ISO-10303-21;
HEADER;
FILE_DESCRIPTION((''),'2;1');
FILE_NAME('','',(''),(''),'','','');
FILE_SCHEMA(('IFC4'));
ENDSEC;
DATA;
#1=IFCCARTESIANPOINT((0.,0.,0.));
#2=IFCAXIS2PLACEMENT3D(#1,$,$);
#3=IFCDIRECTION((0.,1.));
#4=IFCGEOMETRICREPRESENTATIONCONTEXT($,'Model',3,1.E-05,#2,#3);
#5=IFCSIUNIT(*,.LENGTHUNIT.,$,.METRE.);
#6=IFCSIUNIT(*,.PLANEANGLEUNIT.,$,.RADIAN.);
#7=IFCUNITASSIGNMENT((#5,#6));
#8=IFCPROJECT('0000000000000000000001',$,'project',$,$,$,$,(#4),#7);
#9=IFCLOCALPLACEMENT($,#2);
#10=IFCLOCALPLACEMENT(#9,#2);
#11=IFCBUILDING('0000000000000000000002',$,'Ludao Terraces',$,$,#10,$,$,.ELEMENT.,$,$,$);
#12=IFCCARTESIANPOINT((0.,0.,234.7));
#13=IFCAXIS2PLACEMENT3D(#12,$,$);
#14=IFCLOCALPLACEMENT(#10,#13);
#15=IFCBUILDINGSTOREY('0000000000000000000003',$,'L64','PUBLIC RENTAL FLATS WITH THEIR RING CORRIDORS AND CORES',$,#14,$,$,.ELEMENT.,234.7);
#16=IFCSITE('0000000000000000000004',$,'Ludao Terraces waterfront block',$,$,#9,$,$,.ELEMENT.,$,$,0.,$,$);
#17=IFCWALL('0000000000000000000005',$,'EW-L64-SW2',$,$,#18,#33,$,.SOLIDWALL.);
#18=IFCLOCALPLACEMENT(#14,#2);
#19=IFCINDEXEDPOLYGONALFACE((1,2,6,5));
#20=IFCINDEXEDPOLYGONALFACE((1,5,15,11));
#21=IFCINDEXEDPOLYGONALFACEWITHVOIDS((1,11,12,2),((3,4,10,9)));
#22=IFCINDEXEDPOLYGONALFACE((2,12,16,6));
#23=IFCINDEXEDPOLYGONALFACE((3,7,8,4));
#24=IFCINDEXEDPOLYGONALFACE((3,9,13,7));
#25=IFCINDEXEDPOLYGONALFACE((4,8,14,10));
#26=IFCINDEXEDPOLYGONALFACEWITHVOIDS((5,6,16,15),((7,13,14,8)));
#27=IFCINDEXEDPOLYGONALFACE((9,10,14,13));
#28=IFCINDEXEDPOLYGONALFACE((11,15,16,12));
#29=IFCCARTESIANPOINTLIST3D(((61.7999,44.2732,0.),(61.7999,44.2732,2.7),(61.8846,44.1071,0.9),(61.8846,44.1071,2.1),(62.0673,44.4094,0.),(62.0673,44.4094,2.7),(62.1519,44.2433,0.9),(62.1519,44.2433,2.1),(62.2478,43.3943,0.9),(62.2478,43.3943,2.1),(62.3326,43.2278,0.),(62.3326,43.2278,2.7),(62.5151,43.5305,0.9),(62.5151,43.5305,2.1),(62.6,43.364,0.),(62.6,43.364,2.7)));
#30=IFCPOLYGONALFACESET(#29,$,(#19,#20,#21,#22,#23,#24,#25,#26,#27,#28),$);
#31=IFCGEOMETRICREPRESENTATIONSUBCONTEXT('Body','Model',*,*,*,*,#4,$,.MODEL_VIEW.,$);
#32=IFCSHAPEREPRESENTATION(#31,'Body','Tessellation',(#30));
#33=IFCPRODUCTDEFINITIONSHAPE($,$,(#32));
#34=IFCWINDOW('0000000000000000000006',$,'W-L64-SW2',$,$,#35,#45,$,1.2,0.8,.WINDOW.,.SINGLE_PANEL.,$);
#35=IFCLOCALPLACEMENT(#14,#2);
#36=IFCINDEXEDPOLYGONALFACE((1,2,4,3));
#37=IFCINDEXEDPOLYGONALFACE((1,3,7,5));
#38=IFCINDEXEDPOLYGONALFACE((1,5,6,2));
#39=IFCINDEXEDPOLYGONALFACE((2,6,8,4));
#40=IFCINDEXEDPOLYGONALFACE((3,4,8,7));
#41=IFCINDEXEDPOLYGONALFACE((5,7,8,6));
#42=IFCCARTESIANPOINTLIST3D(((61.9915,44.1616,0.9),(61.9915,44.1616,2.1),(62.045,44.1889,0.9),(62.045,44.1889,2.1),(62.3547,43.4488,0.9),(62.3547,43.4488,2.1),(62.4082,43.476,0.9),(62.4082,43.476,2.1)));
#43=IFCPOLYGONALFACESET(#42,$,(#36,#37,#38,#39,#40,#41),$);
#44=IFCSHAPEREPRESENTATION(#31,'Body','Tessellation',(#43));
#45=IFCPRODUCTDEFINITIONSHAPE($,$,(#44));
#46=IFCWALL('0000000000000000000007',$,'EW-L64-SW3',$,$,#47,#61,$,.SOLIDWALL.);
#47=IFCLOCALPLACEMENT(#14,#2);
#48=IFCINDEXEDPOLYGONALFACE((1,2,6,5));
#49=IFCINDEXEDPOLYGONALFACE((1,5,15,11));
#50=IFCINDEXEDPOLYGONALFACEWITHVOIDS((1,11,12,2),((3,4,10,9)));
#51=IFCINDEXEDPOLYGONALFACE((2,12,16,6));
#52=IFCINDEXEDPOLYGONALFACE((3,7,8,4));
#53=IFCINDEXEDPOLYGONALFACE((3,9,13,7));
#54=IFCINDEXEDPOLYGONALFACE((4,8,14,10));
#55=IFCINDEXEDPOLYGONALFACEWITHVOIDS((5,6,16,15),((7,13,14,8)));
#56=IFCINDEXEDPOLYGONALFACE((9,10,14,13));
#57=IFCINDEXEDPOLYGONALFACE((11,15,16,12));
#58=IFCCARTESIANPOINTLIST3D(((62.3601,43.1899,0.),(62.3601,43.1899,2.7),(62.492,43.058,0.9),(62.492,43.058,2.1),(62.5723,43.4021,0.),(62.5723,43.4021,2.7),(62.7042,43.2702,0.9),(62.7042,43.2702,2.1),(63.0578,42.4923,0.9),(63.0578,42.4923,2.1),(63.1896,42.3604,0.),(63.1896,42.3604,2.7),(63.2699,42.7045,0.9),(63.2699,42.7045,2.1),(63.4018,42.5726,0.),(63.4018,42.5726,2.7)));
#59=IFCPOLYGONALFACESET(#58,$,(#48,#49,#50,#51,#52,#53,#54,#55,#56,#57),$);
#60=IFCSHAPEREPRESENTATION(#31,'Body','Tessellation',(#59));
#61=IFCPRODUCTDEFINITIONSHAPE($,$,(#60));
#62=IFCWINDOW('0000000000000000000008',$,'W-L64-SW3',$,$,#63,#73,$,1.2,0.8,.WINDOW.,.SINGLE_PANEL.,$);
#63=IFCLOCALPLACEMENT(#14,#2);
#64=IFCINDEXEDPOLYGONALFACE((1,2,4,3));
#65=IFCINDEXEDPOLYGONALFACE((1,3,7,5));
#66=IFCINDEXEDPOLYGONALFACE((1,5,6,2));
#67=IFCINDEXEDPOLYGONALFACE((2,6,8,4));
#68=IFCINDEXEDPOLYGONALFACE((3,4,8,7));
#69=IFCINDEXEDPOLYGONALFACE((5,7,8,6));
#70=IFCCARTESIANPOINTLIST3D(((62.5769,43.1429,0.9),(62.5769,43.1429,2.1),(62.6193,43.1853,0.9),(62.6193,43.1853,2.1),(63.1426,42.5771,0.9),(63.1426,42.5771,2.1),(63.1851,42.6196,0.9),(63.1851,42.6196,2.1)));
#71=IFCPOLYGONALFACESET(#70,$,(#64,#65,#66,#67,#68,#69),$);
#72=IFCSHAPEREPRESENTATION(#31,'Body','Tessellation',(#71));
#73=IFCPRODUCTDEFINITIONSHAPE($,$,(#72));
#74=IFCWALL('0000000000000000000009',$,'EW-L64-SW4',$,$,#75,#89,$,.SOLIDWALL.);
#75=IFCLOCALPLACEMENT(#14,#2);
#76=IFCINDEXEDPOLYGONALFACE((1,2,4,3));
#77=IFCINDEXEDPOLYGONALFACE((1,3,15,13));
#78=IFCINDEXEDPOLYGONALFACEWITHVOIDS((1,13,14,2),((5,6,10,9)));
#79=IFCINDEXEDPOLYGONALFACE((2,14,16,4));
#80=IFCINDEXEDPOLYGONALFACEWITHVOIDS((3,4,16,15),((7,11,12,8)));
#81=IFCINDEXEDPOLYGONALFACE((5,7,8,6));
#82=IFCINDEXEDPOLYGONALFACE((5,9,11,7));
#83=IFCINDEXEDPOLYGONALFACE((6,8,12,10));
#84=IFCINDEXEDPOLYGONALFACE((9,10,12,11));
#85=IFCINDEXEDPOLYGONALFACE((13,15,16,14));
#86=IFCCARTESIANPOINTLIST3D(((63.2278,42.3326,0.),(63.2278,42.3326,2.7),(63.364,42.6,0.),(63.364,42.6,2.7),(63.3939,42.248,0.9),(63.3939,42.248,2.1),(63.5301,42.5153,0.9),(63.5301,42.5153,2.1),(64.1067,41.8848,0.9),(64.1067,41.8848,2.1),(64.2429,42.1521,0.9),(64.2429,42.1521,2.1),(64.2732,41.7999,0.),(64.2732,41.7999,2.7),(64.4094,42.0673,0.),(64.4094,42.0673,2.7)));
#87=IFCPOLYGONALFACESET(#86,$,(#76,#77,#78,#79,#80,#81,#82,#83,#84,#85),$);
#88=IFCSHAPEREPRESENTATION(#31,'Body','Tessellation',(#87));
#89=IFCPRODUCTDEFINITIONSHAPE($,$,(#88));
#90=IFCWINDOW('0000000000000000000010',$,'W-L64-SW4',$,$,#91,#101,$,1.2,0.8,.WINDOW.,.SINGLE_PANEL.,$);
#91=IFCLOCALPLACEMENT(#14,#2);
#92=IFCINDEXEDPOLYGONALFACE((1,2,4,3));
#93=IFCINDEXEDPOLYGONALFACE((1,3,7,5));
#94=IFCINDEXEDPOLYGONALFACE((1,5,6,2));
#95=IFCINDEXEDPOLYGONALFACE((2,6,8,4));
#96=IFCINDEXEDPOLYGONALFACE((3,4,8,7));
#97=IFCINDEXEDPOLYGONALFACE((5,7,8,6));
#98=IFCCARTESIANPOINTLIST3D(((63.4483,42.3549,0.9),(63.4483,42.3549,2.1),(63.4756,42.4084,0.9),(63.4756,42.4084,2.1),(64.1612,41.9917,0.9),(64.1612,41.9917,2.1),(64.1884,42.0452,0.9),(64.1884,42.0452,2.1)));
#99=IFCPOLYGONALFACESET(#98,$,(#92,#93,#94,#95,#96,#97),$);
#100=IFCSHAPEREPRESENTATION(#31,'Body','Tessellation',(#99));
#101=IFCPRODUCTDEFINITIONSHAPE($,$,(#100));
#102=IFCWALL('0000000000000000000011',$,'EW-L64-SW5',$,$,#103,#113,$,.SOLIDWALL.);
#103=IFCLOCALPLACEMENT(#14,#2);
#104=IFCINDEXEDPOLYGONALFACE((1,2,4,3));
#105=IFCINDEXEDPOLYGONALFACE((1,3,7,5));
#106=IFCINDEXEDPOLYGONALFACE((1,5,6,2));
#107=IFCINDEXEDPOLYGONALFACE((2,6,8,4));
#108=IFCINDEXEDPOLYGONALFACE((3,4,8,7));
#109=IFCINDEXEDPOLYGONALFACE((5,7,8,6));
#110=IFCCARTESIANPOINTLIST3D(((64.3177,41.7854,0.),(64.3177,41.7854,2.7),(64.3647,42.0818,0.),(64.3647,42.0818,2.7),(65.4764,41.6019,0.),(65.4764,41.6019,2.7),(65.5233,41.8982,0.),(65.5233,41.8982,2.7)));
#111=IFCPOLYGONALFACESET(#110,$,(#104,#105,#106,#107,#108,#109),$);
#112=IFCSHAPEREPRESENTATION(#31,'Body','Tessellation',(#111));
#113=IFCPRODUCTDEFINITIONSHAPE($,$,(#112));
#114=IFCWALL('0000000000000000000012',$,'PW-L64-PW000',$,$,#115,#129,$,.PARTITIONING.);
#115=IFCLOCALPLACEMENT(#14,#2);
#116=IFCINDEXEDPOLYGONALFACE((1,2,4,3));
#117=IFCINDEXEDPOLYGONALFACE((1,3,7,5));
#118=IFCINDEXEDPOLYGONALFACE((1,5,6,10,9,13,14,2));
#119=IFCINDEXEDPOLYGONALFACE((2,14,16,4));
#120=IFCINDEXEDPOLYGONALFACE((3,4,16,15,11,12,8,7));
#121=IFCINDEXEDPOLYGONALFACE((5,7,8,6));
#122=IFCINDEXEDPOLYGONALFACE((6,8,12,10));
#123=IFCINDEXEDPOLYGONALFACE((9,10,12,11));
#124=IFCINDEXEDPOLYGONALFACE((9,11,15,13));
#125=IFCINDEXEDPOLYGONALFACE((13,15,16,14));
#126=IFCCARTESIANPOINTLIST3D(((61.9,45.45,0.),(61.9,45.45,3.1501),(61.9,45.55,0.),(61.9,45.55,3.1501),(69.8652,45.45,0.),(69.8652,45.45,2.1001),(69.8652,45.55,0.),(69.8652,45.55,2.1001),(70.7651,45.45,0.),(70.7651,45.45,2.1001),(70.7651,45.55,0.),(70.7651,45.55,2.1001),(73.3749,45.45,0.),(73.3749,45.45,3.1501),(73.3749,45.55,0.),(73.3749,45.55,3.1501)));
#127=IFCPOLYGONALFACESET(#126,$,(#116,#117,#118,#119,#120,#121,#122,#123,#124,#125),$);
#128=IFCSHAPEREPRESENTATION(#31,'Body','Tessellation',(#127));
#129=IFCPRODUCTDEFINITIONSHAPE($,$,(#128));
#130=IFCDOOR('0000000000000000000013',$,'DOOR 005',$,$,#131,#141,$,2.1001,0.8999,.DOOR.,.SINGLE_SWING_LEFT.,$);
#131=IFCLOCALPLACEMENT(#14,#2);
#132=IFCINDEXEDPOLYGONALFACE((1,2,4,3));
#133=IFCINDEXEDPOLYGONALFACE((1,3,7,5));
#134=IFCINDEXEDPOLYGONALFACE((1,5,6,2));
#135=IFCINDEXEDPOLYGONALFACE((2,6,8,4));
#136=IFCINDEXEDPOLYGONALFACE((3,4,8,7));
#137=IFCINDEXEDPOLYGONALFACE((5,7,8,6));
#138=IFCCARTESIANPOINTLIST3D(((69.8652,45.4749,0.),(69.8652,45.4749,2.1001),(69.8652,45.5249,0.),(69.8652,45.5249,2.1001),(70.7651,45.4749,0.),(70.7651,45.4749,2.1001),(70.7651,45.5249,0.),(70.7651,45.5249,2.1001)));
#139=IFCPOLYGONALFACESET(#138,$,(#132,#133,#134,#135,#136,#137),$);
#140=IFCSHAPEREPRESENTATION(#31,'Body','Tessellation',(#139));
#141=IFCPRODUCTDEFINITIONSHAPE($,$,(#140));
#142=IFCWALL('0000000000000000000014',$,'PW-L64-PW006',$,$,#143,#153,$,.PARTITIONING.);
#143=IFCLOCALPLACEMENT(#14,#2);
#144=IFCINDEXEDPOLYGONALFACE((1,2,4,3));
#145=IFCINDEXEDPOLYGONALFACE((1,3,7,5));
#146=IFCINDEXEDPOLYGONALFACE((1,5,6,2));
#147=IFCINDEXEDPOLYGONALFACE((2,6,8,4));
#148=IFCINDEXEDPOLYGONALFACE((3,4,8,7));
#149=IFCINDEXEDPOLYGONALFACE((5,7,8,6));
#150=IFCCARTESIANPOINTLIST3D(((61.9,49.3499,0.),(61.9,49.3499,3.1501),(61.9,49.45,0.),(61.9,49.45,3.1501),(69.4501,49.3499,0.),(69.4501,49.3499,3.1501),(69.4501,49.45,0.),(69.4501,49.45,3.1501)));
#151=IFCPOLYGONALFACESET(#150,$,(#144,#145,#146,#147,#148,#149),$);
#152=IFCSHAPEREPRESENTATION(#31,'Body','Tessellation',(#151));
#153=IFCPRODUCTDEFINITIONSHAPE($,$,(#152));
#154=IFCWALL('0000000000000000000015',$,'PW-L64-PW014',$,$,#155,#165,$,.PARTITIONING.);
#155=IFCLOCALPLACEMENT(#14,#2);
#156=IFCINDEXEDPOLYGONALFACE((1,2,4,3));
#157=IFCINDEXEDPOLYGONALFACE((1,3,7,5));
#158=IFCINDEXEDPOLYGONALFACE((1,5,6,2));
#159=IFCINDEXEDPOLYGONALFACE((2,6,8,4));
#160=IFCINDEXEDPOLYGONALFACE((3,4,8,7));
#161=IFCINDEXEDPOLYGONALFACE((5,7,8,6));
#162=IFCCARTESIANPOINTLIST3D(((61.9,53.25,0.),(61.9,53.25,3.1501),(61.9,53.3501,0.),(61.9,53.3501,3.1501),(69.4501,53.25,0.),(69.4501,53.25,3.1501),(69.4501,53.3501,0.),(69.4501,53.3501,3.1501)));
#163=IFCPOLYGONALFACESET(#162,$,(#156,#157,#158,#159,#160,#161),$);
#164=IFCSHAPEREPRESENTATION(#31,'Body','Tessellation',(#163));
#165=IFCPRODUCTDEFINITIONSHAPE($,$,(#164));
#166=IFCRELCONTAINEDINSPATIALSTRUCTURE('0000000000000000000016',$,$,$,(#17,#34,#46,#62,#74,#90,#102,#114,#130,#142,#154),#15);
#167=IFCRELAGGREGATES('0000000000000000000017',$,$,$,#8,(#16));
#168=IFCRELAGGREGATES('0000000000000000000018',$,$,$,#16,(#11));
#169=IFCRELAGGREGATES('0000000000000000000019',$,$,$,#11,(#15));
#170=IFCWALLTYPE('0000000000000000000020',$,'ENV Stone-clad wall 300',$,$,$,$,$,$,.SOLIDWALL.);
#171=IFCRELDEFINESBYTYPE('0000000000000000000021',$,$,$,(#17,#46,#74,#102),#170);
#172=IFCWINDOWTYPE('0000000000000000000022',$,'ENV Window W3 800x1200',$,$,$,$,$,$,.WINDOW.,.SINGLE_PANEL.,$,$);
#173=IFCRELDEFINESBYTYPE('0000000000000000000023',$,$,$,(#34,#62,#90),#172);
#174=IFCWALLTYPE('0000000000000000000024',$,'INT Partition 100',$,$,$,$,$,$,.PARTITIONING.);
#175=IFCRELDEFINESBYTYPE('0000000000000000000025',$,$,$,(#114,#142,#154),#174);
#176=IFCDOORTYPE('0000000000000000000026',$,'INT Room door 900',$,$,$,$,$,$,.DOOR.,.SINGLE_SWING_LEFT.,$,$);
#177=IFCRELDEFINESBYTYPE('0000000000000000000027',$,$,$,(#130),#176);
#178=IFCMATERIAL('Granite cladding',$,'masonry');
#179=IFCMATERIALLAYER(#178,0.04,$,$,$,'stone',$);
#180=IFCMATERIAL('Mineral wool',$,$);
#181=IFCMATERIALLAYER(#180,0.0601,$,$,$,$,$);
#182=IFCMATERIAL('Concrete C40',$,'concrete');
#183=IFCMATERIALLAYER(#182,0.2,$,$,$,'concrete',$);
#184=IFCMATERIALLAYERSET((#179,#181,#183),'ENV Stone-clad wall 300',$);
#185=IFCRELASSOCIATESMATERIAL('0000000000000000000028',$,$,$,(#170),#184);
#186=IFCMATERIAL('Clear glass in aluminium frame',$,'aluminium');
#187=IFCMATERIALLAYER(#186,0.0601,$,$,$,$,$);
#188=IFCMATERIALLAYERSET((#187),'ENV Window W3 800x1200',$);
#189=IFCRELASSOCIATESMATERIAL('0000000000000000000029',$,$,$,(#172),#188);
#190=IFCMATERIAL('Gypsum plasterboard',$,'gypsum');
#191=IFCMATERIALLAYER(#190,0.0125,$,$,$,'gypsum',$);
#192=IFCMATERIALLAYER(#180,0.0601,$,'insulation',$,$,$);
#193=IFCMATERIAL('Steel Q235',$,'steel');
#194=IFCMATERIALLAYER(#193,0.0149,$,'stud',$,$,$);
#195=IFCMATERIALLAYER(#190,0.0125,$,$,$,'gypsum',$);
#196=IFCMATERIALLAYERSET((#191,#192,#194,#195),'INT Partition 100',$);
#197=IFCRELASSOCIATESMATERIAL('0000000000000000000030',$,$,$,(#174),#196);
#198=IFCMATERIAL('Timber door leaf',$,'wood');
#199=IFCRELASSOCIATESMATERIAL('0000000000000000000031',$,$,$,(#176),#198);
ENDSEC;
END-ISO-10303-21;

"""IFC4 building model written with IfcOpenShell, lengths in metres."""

from ifc_helpers import new_model, si_unit, direction, frame, frame_2d, origin, place, context, subcontext, project, spatial, rectangle, extrude, material, layer, layer_set, type_object, element, fill, save


model = new_model("IFC4")

# Units and contexts
model_context = context("Model", 3, precision=1e-05, world=origin(), true_north=direction((0.0, 1.0)))
body_context = subcontext(model_context, "Body", "Model", "MODEL_VIEW")
ifc_project = project(units=[si_unit("LENGTHUNIT", "METRE"), si_unit("PLANEANGLEUNIT", "RADIAN")], contexts=[model_context])

# Site, building, storey
site_placement = place(None, origin())
site = spatial("IfcSite", under=ifc_project, at=site_placement, Name="Ludao Terraces waterfront block", CompositionType="ELEMENT", RefElevation=0.0)
building_placement = place(site_placement, origin())
building = spatial("IfcBuilding", under=site, at=building_placement, Name="Ludao Terraces", CompositionType="ELEMENT")
storey_placement = place(building_placement, frame((0.0, 0.0, 234.7)))
storey = spatial("IfcBuildingStorey", under=building, at=storey_placement, Name="L64", Description="PUBLIC RENTAL FLATS WITH THEIR RING CORRIDORS AND CORES", CompositionType="ELEMENT", Elevation=234.7)

# Shared definitions
ifc_material_1 = material(Name="Concrete C40", Category="concrete")

# Shared definitions
ifc_material_2 = material(Name="Granite cladding", Category="masonry")
ifc_layer_1 = layer(ifc_material_2, 0.04, Category="stone")
ifc_material_3 = material(Name="Mineral wool")
ifc_layer_2 = layer(ifc_material_3, 0.0601)
ifc_layer_3 = layer(ifc_material_1, 0.2, Category="concrete")
ifc_layer_set_1 = layer_set([ifc_layer_1, ifc_layer_2, ifc_layer_3], Name="ENV Stone-clad wall 300")
wall_type_1 = type_object("IfcWallType", Name="ENV Stone-clad wall 300", PredefinedType="SOLIDWALL", material=ifc_layer_set_1)
ifc_material_4 = material(Name="Clear glass in aluminium frame", Category="aluminium")

# Walls, openings, windows
wall_1_placement = place(storey_placement, frame((61.9336, 44.3413, 0.0), z_axis=(0.0, 0.0, 1.0), x_axis=(0.454026, -0.890989, 0.0)))
wall_1 = element("IfcWall", 1, at=wall_1_placement, inside=storey, type_object=wall_type_1, Name="EW-L64-SW2", PredefinedType="SOLIDWALL", context=body_context, shape_type="SweptSolid", body=[
    extrude(rectangle(XDim=1.1733, YDim=0.3, at=frame_2d((0.5867, 0.0))), origin(), (0.0, 0.0, 1.0), 2.7),
])
opening_1_placement = place(wall_1_placement, frame((0.1865, 0.0, 0.8999)))
opening_1 = element("IfcOpeningElement", 2, at=opening_1_placement, cuts=wall_1, PredefinedType="OPENING", context=body_context, shape_type="SweptSolid", body=[
    extrude(rectangle(XDim=0.8, YDim=1.2, at=frame_2d((0.3999, 0.6001))), frame((0.0, 0.1602, 0.0), z_axis=(0.0, -1.0, 0.0), x_axis=(1.0, 0.0, 0.0)), (0.0, 0.0, 1.0), 0.3201),
])
ifc_layer_4 = layer(ifc_material_4, 0.0601)
ifc_layer_set_2 = layer_set([ifc_layer_4], Name="ENV Window W3 800x1200")
window_type_1 = type_object("IfcWindowType", Name="ENV Window W3 800x1200", PartitioningType="SINGLE_PANEL", PredefinedType="WINDOW", material=ifc_layer_set_2)
window_1_placement = place(opening_1_placement, origin())
window_1 = element("IfcWindow", 3, at=window_1_placement, inside=storey, type_object=window_type_1, Name="W-L64-SW2", OverallHeight=1.2, OverallWidth=0.8, PartitioningType="SINGLE_PANEL", PredefinedType="WINDOW", context=body_context, shape_type="SweptSolid", body=[
    extrude(rectangle(XDim=0.8, YDim=1.2, at=frame_2d((0.3999, 0.6001))), frame((0.0, 0.03, 0.0), z_axis=(0.0, -1.0, 0.0), x_axis=(1.0, 0.0, 0.0)), (0.0, 0.0, 1.0), 0.0601),
])
fill(opening_1, window_1)
wall_2_placement = place(storey_placement, frame((62.4663, 43.2959, 0.0), z_axis=(0.0, 0.0, 1.0), x_axis=(0.707107, -0.707107, 0.0)))
wall_2 = element("IfcWall", 4, at=wall_2_placement, inside=storey, type_object=wall_type_1, Name="EW-L64-SW3", PredefinedType="SOLIDWALL", context=body_context, shape_type="SweptSolid", body=[
    extrude(rectangle(XDim=1.1731, YDim=0.3, at=frame_2d((0.5864, 0.0))), origin(), (0.0, 0.0, 1.0), 2.7),
])
opening_2_placement = place(wall_2_placement, frame((0.1865, 0.0, 0.8999)))
opening_2 = element("IfcOpeningElement", 5, at=opening_2_placement, cuts=wall_2, PredefinedType="OPENING", context=body_context, shape_type="SweptSolid", body=[
    extrude(rectangle(XDim=0.8, YDim=1.2, at=frame_2d((0.3999, 0.6001))), frame((0.0, 0.1602, 0.0), z_axis=(0.0, -1.0, 0.0), x_axis=(1.0, 0.0, 0.0)), (0.0, 0.0, 1.0), 0.3201),
])
window_2_placement = place(opening_2_placement, origin())
window_2 = element("IfcWindow", 6, at=window_2_placement, inside=storey, type_object=window_type_1, Name="W-L64-SW3", OverallHeight=1.2, OverallWidth=0.8, PartitioningType="SINGLE_PANEL", PredefinedType="WINDOW", context=body_context, shape_type="SweptSolid", body=[
    extrude(rectangle(XDim=0.8, YDim=1.2, at=frame_2d((0.3999, 0.6001))), frame((0.0, 0.03, 0.0), z_axis=(0.0, -1.0, 0.0), x_axis=(1.0, 0.0, 0.0)), (0.0, 0.0, 1.0), 0.0601),
])
fill(opening_2, window_2)
wall_3_placement = place(storey_placement, frame((63.2959, 42.4663, 0.0), z_axis=(0.0, 0.0, 1.0), x_axis=(0.890989, -0.454026, 0.0)))
wall_3 = element("IfcWall", 7, at=wall_3_placement, inside=storey, type_object=wall_type_1, Name="EW-L64-SW4", PredefinedType="SOLIDWALL", context=body_context, shape_type="SweptSolid", body=[
    extrude(rectangle(XDim=1.1733, YDim=0.3, at=frame_2d((0.5867, 0.0))), origin(), (0.0, 0.0, 1.0), 2.7),
])
opening_3_placement = place(wall_3_placement, frame((0.1865, 0.0, 0.8999)))
opening_3 = element("IfcOpeningElement", 8, at=opening_3_placement, cuts=wall_3, PredefinedType="OPENING", context=body_context, shape_type="SweptSolid", body=[
    extrude(rectangle(XDim=0.8, YDim=1.2, at=frame_2d((0.3999, 0.6001))), frame((0.0, 0.1602, 0.0), z_axis=(0.0, -1.0, 0.0), x_axis=(1.0, 0.0, 0.0)), (0.0, 0.0, 1.0), 0.3201),
])
window_3_placement = place(opening_3_placement, origin())
window_3 = element("IfcWindow", 9, at=window_3_placement, inside=storey, type_object=window_type_1, Name="W-L64-SW4", OverallHeight=1.2, OverallWidth=0.8, PartitioningType="SINGLE_PANEL", PredefinedType="WINDOW", context=body_context, shape_type="SweptSolid", body=[
    extrude(rectangle(XDim=0.8, YDim=1.2, at=frame_2d((0.3999, 0.6001))), frame((0.0, 0.03, 0.0), z_axis=(0.0, -1.0, 0.0), x_axis=(1.0, 0.0, 0.0)), (0.0, 0.0, 1.0), 0.0601),
])
fill(opening_3, window_3)

# Wall
wall_4_placement = place(storey_placement, frame((64.3413, 41.9336, 0.0), z_axis=(0.0, 0.0, 1.0), x_axis=(0.987678, -0.156497, 0.0)))
element("IfcWall", 10, at=wall_4_placement, inside=storey, type_object=wall_type_1, Name="EW-L64-SW5", PredefinedType="SOLIDWALL", context=body_context, shape_type="SweptSolid", body=[
    extrude(rectangle(XDim=1.1731, YDim=0.3, at=frame_2d((0.5864, 0.0))), origin(), (0.0, 0.0, 1.0), 2.7),
])

# Wall, opening, door
ifc_material_5 = material(Name="Gypsum plasterboard", Category="gypsum")
ifc_layer_5 = layer(ifc_material_5, 0.0125, Category="gypsum")
ifc_layer_6 = layer(ifc_material_3, 0.0601, Name="insulation")
ifc_material_6 = material(Name="Steel Q235", Category="steel")
ifc_layer_7 = layer(ifc_material_6, 0.0149, Name="stud")
ifc_layer_8 = layer(ifc_material_5, 0.0125, Category="gypsum")
ifc_layer_set_3 = layer_set([ifc_layer_5, ifc_layer_6, ifc_layer_7, ifc_layer_8], Name="INT Partition 100")
wall_type_2 = type_object("IfcWallType", Name="INT Partition 100", PredefinedType="PARTITIONING", material=ifc_layer_set_3)
wall_5_placement = place(storey_placement, frame((61.9001, 45.5, 0.0), z_axis=(0.0, 0.0, 1.0), x_axis=(1.0, 0.0, 0.0)))
wall_5 = element("IfcWall", 11, at=wall_5_placement, inside=storey, type_object=wall_type_2, Name="PW-L64-PW000", PredefinedType="PARTITIONING", context=body_context, shape_type="SweptSolid", body=[
    extrude(rectangle(XDim=11.4749, YDim=0.1001, at=frame_2d((5.7373, 0.0))), origin(), (0.0, 0.0, 1.0), 3.1501),
])
opening_4_placement = place(wall_5_placement, frame((7.9651, 0.0, 0.0)))
opening_4 = element("IfcOpeningElement", 12, at=opening_4_placement, cuts=wall_5, PredefinedType="OPENING", context=body_context, shape_type="SweptSolid", body=[
    extrude(rectangle(XDim=0.8999, YDim=2.1001, at=frame_2d((0.45, 1.05))), frame((0.0, 0.0601, 0.0), z_axis=(0.0, -1.0, 0.0), x_axis=(1.0, 0.0, 0.0)), (0.0, 0.0, 1.0), 0.1201),
])
ifc_material_7 = material(Name="Timber door leaf", Category="wood")
door_type_1 = type_object("IfcDoorType", Name="INT Room door 900", OperationType="SINGLE_SWING_LEFT", PredefinedType="DOOR", material=ifc_material_7)
door_1_placement = place(opening_4_placement, origin())
door_1 = element("IfcDoor", 13, at=door_1_placement, inside=storey, type_object=door_type_1, Name="DOOR 005", OperationType="SINGLE_SWING_LEFT", OverallHeight=2.1001, OverallWidth=0.8999, PredefinedType="DOOR", context=body_context, shape_type="SweptSolid", body=[
    extrude(rectangle(XDim=0.8999, YDim=2.1001, at=frame_2d((0.45, 1.05))), frame((0.0, 0.0249, 0.0), z_axis=(0.0, -1.0, 0.0), x_axis=(1.0, 0.0, 0.0)), (0.0, 0.0, 1.0), 0.05),
])
fill(opening_4, door_1)

# Walls
for number, where, z_axis, x_axis, name in (
    (14, (61.9001, 49.3999, 0.0), (0.0, 0.0, 1.0), (1.0, 0.0, 0.0), "PW-L64-PW006"),
    (15, (61.9001, 53.3, 0.0), (0.0, 0.0, 1.0), (1.0, 0.0, 0.0), "PW-L64-PW014"),
):
    element("IfcWall", number, at=place(storey_placement, frame(where, z_axis=z_axis, x_axis=x_axis)), inside=storey, type_object=wall_type_2, Name=name, PredefinedType="PARTITIONING", context=body_context, shape_type="SweptSolid", body=[
        extrude(rectangle(XDim=7.55, YDim=0.1001, at=frame_2d((3.7749, 0.0))), origin(), (0.0, 0.0, 1.0), 3.1501),
    ])

save(model, "model.ifc")
